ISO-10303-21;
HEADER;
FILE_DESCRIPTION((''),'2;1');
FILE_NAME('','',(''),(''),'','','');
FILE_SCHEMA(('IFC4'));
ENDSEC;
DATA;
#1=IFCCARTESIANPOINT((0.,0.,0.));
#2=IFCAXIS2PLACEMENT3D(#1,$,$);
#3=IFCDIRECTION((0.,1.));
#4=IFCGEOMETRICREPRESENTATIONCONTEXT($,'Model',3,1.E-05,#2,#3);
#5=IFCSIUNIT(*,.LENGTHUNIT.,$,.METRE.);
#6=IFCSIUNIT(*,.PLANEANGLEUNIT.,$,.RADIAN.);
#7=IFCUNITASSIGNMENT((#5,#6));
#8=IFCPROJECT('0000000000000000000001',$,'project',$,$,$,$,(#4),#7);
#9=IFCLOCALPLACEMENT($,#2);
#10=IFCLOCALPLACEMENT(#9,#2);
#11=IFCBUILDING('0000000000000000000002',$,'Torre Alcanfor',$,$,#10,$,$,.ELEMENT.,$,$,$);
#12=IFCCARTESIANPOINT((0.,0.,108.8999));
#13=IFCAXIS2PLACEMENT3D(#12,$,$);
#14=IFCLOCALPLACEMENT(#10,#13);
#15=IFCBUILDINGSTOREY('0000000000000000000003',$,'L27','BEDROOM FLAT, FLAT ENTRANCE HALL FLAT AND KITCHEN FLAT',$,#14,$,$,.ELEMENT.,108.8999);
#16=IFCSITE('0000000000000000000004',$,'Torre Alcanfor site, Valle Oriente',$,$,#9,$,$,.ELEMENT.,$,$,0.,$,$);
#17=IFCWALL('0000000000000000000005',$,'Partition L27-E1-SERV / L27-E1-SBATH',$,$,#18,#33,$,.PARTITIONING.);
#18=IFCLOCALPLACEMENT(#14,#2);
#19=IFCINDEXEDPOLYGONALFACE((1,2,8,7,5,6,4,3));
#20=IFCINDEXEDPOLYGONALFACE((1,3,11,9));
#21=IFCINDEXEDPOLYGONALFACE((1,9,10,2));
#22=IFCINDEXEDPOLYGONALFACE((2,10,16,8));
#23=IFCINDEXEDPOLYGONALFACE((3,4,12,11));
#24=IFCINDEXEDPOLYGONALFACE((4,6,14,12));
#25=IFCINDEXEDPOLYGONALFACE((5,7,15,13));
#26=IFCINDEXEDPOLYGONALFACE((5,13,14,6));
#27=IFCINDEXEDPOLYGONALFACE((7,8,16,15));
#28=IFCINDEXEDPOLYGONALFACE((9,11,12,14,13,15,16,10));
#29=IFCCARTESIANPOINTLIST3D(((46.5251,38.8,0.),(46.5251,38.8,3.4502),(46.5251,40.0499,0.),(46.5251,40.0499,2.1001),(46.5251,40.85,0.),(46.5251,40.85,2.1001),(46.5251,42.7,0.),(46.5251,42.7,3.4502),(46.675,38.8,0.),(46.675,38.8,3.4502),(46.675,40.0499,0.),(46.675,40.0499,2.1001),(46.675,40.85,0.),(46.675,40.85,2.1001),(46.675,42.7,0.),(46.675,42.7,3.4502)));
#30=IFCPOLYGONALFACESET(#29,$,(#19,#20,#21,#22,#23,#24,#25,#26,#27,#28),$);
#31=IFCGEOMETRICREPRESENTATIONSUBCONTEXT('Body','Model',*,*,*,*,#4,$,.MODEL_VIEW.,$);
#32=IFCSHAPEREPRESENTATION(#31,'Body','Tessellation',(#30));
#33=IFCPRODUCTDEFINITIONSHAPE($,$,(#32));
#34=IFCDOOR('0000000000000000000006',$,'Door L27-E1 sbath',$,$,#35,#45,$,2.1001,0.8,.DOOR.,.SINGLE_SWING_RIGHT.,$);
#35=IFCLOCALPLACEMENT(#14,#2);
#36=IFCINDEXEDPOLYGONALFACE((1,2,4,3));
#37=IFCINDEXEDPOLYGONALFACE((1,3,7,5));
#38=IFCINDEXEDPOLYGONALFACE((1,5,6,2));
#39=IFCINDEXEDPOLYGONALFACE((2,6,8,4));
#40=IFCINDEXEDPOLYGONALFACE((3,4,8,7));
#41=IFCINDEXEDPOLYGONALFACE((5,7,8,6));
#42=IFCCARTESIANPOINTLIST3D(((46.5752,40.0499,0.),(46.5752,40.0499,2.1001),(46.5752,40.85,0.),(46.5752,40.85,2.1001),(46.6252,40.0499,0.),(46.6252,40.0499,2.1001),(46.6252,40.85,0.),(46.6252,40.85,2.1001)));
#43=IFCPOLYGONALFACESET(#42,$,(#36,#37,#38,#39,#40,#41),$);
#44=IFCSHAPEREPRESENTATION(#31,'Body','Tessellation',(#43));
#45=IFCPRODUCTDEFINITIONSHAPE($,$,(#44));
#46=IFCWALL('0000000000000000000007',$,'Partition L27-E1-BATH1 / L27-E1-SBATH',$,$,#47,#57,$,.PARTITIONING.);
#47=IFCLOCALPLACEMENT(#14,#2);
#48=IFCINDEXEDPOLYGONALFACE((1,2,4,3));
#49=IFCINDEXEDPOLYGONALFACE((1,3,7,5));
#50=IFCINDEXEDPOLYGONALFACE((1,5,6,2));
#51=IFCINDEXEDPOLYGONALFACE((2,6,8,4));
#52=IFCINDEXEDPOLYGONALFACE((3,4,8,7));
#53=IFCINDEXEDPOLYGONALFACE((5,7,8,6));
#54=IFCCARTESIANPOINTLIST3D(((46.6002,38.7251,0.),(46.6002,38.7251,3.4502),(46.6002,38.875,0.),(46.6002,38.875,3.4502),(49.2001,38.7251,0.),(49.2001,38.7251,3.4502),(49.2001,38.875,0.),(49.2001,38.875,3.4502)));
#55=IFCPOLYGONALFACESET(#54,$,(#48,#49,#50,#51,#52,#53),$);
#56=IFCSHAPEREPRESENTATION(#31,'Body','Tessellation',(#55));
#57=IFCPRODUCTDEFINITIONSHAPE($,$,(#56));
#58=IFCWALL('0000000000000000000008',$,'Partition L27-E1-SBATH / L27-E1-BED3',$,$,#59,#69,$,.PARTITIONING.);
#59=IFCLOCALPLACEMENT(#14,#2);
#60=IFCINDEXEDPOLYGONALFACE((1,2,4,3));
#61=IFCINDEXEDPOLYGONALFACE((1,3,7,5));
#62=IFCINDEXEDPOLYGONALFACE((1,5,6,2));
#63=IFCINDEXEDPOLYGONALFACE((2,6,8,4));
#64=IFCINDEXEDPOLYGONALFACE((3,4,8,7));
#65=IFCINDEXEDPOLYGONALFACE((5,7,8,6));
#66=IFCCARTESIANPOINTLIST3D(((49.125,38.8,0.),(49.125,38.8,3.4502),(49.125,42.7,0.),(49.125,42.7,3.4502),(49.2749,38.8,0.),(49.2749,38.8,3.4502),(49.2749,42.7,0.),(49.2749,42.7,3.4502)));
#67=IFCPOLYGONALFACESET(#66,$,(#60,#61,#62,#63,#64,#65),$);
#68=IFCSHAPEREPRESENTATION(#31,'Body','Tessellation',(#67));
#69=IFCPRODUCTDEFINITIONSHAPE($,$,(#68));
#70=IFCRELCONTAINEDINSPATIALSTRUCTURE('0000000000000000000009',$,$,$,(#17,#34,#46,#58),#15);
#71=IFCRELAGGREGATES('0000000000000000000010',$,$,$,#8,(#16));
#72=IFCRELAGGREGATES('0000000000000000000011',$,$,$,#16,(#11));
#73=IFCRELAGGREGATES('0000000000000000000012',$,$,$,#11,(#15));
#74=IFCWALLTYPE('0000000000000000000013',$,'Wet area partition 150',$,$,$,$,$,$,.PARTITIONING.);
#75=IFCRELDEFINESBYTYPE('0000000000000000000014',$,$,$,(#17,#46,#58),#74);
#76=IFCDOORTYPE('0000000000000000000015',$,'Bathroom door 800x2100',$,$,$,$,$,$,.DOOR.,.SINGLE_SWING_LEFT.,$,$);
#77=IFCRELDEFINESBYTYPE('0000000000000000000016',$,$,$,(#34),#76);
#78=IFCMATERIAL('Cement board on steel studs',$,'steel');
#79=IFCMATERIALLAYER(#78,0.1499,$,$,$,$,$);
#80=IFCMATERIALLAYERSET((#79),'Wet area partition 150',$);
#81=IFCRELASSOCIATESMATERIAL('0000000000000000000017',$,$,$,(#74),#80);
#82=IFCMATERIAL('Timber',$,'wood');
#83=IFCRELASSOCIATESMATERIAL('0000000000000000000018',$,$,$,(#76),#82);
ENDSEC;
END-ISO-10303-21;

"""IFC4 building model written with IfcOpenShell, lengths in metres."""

from ifc_helpers import new_model, si_unit, direction, frame, frame_2d, origin, place, context, subcontext, project, spatial, rectangle, extrude, material, layer, layer_set, type_object, element, fill, save


model = new_model("IFC4")

# Units and contexts
model_context = context("Model", 3, precision=1e-05, world=origin(), true_north=direction((0.0, 1.0)))
body_context = subcontext(model_context, "Body", "Model", "MODEL_VIEW")
ifc_project = project(units=[si_unit("LENGTHUNIT", "METRE"), si_unit("PLANEANGLEUNIT", "RADIAN")], contexts=[model_context])

# Site, building, storey
site_placement = place(None, origin())
site = spatial("IfcSite", under=ifc_project, at=site_placement, Name="Torre Alcanfor site, Valle Oriente", CompositionType="ELEMENT", RefElevation=0.0)
building_placement = place(site_placement, origin())
building = spatial("IfcBuilding", under=site, at=building_placement, Name="Torre Alcanfor", CompositionType="ELEMENT")
storey_placement = place(building_placement, frame((0.0, 0.0, 108.8999)))
storey = spatial("IfcBuildingStorey", under=building, at=storey_placement, Name="L27", Description="BEDROOM FLAT, FLAT ENTRANCE HALL FLAT AND KITCHEN FLAT", CompositionType="ELEMENT", Elevation=108.8999)

# Wall, opening, door
ifc_material_1 = material(Name="Cement board on steel studs", Category="steel")
ifc_layer_1 = layer(ifc_material_1, 0.1499)
ifc_layer_set_1 = layer_set([ifc_layer_1], Name="Wet area partition 150")
wall_type_1 = type_object("IfcWallType", Name="Wet area partition 150", PredefinedType="PARTITIONING", material=ifc_layer_set_1)
wall_1_placement = place(storey_placement, frame((46.6001, 38.8, 0.0), z_axis=(0.0, 0.0, 1.0), x_axis=(0.0, 1.0, 0.0)))
wall_1 = element("IfcWall", 1, at=wall_1_placement, inside=storey, type_object=wall_type_1, Name="Partition L27-E1-SERV / L27-E1-SBATH", PredefinedType="PARTITIONING", context=body_context, shape_type="SweptSolid", body=[
    extrude(rectangle(XDim=3.8999, YDim=0.1499, at=frame_2d((1.95, 0.0))), origin(), (0.0, 0.0, 1.0), 3.4502),
])
opening_1_placement = place(wall_1_placement, frame((1.25, 0.0, 0.0)))
opening_1 = element("IfcOpeningElement", 2, at=opening_1_placement, cuts=wall_1, PredefinedType="OPENING", context=body_context, shape_type="SweptSolid", body=[
    extrude(rectangle(XDim=0.8, YDim=2.1001, at=frame_2d((0.3999, 1.05))), frame((0.0, 0.085, 0.0), z_axis=(0.0, -1.0, 0.0), x_axis=(1.0, 0.0, 0.0)), (0.0, 0.0, 1.0), 0.1699),
])
ifc_material_2 = material(Name="Timber", Category="wood")
door_type = type_object("IfcDoorType", Name="Bathroom door 800x2100", OperationType="SINGLE_SWING_LEFT", PredefinedType="DOOR", material=ifc_material_2)
door_placement = place(opening_1_placement, frame((0.8, 0.0, 0.0), z_axis=(0.0, 0.0, 1.0), x_axis=(-1.0, 0.0, 0.0)))
door = element("IfcDoor", 3, at=door_placement, inside=storey, type_object=door_type, Name="Door L27-E1 sbath", OperationType="SINGLE_SWING_RIGHT", OverallHeight=2.1001, OverallWidth=0.8, PredefinedType="DOOR", context=body_context, shape_type="SweptSolid", body=[
    extrude(rectangle(XDim=0.8, YDim=2.1001, at=frame_2d((0.4001, 1.05))), frame((0.0, 0.0251, 0.0), z_axis=(0.0, -1.0, 0.0), x_axis=(1.0, 0.0, 0.0)), (0.0, 0.0, 1.0), 0.05),
])
fill(opening_1, door)

# Walls
wall_2_placement = place(storey_placement, frame((49.2, 38.8, 0.0), z_axis=(0.0, 0.0, 1.0), x_axis=(-1.0, 0.0, 0.0)))
element("IfcWall", 4, at=wall_2_placement, inside=storey, type_object=wall_type_1, Name="Partition L27-E1-BATH1 / L27-E1-SBATH", PredefinedType="PARTITIONING", context=body_context, shape_type="SweptSolid", body=[
    extrude(rectangle(XDim=2.5999, YDim=0.1499, at=frame_2d((1.2998, 0.0))), origin(), (0.0, 0.0, 1.0), 3.4502),
])
wall_3_placement = place(storey_placement, frame((49.2, 38.8, 0.0), z_axis=(0.0, 0.0, 1.0), x_axis=(0.0, 1.0, 0.0)))
element("IfcWall", 5, at=wall_3_placement, inside=storey, type_object=wall_type_1, Name="Partition L27-E1-SBATH / L27-E1-BED3", PredefinedType="PARTITIONING", context=body_context, shape_type="SweptSolid", body=[
    extrude(rectangle(XDim=3.8999, YDim=0.1499, at=frame_2d((1.95, 0.0))), origin(), (0.0, 0.0, 1.0), 3.4502),
])

save(model, "model.ifc")
